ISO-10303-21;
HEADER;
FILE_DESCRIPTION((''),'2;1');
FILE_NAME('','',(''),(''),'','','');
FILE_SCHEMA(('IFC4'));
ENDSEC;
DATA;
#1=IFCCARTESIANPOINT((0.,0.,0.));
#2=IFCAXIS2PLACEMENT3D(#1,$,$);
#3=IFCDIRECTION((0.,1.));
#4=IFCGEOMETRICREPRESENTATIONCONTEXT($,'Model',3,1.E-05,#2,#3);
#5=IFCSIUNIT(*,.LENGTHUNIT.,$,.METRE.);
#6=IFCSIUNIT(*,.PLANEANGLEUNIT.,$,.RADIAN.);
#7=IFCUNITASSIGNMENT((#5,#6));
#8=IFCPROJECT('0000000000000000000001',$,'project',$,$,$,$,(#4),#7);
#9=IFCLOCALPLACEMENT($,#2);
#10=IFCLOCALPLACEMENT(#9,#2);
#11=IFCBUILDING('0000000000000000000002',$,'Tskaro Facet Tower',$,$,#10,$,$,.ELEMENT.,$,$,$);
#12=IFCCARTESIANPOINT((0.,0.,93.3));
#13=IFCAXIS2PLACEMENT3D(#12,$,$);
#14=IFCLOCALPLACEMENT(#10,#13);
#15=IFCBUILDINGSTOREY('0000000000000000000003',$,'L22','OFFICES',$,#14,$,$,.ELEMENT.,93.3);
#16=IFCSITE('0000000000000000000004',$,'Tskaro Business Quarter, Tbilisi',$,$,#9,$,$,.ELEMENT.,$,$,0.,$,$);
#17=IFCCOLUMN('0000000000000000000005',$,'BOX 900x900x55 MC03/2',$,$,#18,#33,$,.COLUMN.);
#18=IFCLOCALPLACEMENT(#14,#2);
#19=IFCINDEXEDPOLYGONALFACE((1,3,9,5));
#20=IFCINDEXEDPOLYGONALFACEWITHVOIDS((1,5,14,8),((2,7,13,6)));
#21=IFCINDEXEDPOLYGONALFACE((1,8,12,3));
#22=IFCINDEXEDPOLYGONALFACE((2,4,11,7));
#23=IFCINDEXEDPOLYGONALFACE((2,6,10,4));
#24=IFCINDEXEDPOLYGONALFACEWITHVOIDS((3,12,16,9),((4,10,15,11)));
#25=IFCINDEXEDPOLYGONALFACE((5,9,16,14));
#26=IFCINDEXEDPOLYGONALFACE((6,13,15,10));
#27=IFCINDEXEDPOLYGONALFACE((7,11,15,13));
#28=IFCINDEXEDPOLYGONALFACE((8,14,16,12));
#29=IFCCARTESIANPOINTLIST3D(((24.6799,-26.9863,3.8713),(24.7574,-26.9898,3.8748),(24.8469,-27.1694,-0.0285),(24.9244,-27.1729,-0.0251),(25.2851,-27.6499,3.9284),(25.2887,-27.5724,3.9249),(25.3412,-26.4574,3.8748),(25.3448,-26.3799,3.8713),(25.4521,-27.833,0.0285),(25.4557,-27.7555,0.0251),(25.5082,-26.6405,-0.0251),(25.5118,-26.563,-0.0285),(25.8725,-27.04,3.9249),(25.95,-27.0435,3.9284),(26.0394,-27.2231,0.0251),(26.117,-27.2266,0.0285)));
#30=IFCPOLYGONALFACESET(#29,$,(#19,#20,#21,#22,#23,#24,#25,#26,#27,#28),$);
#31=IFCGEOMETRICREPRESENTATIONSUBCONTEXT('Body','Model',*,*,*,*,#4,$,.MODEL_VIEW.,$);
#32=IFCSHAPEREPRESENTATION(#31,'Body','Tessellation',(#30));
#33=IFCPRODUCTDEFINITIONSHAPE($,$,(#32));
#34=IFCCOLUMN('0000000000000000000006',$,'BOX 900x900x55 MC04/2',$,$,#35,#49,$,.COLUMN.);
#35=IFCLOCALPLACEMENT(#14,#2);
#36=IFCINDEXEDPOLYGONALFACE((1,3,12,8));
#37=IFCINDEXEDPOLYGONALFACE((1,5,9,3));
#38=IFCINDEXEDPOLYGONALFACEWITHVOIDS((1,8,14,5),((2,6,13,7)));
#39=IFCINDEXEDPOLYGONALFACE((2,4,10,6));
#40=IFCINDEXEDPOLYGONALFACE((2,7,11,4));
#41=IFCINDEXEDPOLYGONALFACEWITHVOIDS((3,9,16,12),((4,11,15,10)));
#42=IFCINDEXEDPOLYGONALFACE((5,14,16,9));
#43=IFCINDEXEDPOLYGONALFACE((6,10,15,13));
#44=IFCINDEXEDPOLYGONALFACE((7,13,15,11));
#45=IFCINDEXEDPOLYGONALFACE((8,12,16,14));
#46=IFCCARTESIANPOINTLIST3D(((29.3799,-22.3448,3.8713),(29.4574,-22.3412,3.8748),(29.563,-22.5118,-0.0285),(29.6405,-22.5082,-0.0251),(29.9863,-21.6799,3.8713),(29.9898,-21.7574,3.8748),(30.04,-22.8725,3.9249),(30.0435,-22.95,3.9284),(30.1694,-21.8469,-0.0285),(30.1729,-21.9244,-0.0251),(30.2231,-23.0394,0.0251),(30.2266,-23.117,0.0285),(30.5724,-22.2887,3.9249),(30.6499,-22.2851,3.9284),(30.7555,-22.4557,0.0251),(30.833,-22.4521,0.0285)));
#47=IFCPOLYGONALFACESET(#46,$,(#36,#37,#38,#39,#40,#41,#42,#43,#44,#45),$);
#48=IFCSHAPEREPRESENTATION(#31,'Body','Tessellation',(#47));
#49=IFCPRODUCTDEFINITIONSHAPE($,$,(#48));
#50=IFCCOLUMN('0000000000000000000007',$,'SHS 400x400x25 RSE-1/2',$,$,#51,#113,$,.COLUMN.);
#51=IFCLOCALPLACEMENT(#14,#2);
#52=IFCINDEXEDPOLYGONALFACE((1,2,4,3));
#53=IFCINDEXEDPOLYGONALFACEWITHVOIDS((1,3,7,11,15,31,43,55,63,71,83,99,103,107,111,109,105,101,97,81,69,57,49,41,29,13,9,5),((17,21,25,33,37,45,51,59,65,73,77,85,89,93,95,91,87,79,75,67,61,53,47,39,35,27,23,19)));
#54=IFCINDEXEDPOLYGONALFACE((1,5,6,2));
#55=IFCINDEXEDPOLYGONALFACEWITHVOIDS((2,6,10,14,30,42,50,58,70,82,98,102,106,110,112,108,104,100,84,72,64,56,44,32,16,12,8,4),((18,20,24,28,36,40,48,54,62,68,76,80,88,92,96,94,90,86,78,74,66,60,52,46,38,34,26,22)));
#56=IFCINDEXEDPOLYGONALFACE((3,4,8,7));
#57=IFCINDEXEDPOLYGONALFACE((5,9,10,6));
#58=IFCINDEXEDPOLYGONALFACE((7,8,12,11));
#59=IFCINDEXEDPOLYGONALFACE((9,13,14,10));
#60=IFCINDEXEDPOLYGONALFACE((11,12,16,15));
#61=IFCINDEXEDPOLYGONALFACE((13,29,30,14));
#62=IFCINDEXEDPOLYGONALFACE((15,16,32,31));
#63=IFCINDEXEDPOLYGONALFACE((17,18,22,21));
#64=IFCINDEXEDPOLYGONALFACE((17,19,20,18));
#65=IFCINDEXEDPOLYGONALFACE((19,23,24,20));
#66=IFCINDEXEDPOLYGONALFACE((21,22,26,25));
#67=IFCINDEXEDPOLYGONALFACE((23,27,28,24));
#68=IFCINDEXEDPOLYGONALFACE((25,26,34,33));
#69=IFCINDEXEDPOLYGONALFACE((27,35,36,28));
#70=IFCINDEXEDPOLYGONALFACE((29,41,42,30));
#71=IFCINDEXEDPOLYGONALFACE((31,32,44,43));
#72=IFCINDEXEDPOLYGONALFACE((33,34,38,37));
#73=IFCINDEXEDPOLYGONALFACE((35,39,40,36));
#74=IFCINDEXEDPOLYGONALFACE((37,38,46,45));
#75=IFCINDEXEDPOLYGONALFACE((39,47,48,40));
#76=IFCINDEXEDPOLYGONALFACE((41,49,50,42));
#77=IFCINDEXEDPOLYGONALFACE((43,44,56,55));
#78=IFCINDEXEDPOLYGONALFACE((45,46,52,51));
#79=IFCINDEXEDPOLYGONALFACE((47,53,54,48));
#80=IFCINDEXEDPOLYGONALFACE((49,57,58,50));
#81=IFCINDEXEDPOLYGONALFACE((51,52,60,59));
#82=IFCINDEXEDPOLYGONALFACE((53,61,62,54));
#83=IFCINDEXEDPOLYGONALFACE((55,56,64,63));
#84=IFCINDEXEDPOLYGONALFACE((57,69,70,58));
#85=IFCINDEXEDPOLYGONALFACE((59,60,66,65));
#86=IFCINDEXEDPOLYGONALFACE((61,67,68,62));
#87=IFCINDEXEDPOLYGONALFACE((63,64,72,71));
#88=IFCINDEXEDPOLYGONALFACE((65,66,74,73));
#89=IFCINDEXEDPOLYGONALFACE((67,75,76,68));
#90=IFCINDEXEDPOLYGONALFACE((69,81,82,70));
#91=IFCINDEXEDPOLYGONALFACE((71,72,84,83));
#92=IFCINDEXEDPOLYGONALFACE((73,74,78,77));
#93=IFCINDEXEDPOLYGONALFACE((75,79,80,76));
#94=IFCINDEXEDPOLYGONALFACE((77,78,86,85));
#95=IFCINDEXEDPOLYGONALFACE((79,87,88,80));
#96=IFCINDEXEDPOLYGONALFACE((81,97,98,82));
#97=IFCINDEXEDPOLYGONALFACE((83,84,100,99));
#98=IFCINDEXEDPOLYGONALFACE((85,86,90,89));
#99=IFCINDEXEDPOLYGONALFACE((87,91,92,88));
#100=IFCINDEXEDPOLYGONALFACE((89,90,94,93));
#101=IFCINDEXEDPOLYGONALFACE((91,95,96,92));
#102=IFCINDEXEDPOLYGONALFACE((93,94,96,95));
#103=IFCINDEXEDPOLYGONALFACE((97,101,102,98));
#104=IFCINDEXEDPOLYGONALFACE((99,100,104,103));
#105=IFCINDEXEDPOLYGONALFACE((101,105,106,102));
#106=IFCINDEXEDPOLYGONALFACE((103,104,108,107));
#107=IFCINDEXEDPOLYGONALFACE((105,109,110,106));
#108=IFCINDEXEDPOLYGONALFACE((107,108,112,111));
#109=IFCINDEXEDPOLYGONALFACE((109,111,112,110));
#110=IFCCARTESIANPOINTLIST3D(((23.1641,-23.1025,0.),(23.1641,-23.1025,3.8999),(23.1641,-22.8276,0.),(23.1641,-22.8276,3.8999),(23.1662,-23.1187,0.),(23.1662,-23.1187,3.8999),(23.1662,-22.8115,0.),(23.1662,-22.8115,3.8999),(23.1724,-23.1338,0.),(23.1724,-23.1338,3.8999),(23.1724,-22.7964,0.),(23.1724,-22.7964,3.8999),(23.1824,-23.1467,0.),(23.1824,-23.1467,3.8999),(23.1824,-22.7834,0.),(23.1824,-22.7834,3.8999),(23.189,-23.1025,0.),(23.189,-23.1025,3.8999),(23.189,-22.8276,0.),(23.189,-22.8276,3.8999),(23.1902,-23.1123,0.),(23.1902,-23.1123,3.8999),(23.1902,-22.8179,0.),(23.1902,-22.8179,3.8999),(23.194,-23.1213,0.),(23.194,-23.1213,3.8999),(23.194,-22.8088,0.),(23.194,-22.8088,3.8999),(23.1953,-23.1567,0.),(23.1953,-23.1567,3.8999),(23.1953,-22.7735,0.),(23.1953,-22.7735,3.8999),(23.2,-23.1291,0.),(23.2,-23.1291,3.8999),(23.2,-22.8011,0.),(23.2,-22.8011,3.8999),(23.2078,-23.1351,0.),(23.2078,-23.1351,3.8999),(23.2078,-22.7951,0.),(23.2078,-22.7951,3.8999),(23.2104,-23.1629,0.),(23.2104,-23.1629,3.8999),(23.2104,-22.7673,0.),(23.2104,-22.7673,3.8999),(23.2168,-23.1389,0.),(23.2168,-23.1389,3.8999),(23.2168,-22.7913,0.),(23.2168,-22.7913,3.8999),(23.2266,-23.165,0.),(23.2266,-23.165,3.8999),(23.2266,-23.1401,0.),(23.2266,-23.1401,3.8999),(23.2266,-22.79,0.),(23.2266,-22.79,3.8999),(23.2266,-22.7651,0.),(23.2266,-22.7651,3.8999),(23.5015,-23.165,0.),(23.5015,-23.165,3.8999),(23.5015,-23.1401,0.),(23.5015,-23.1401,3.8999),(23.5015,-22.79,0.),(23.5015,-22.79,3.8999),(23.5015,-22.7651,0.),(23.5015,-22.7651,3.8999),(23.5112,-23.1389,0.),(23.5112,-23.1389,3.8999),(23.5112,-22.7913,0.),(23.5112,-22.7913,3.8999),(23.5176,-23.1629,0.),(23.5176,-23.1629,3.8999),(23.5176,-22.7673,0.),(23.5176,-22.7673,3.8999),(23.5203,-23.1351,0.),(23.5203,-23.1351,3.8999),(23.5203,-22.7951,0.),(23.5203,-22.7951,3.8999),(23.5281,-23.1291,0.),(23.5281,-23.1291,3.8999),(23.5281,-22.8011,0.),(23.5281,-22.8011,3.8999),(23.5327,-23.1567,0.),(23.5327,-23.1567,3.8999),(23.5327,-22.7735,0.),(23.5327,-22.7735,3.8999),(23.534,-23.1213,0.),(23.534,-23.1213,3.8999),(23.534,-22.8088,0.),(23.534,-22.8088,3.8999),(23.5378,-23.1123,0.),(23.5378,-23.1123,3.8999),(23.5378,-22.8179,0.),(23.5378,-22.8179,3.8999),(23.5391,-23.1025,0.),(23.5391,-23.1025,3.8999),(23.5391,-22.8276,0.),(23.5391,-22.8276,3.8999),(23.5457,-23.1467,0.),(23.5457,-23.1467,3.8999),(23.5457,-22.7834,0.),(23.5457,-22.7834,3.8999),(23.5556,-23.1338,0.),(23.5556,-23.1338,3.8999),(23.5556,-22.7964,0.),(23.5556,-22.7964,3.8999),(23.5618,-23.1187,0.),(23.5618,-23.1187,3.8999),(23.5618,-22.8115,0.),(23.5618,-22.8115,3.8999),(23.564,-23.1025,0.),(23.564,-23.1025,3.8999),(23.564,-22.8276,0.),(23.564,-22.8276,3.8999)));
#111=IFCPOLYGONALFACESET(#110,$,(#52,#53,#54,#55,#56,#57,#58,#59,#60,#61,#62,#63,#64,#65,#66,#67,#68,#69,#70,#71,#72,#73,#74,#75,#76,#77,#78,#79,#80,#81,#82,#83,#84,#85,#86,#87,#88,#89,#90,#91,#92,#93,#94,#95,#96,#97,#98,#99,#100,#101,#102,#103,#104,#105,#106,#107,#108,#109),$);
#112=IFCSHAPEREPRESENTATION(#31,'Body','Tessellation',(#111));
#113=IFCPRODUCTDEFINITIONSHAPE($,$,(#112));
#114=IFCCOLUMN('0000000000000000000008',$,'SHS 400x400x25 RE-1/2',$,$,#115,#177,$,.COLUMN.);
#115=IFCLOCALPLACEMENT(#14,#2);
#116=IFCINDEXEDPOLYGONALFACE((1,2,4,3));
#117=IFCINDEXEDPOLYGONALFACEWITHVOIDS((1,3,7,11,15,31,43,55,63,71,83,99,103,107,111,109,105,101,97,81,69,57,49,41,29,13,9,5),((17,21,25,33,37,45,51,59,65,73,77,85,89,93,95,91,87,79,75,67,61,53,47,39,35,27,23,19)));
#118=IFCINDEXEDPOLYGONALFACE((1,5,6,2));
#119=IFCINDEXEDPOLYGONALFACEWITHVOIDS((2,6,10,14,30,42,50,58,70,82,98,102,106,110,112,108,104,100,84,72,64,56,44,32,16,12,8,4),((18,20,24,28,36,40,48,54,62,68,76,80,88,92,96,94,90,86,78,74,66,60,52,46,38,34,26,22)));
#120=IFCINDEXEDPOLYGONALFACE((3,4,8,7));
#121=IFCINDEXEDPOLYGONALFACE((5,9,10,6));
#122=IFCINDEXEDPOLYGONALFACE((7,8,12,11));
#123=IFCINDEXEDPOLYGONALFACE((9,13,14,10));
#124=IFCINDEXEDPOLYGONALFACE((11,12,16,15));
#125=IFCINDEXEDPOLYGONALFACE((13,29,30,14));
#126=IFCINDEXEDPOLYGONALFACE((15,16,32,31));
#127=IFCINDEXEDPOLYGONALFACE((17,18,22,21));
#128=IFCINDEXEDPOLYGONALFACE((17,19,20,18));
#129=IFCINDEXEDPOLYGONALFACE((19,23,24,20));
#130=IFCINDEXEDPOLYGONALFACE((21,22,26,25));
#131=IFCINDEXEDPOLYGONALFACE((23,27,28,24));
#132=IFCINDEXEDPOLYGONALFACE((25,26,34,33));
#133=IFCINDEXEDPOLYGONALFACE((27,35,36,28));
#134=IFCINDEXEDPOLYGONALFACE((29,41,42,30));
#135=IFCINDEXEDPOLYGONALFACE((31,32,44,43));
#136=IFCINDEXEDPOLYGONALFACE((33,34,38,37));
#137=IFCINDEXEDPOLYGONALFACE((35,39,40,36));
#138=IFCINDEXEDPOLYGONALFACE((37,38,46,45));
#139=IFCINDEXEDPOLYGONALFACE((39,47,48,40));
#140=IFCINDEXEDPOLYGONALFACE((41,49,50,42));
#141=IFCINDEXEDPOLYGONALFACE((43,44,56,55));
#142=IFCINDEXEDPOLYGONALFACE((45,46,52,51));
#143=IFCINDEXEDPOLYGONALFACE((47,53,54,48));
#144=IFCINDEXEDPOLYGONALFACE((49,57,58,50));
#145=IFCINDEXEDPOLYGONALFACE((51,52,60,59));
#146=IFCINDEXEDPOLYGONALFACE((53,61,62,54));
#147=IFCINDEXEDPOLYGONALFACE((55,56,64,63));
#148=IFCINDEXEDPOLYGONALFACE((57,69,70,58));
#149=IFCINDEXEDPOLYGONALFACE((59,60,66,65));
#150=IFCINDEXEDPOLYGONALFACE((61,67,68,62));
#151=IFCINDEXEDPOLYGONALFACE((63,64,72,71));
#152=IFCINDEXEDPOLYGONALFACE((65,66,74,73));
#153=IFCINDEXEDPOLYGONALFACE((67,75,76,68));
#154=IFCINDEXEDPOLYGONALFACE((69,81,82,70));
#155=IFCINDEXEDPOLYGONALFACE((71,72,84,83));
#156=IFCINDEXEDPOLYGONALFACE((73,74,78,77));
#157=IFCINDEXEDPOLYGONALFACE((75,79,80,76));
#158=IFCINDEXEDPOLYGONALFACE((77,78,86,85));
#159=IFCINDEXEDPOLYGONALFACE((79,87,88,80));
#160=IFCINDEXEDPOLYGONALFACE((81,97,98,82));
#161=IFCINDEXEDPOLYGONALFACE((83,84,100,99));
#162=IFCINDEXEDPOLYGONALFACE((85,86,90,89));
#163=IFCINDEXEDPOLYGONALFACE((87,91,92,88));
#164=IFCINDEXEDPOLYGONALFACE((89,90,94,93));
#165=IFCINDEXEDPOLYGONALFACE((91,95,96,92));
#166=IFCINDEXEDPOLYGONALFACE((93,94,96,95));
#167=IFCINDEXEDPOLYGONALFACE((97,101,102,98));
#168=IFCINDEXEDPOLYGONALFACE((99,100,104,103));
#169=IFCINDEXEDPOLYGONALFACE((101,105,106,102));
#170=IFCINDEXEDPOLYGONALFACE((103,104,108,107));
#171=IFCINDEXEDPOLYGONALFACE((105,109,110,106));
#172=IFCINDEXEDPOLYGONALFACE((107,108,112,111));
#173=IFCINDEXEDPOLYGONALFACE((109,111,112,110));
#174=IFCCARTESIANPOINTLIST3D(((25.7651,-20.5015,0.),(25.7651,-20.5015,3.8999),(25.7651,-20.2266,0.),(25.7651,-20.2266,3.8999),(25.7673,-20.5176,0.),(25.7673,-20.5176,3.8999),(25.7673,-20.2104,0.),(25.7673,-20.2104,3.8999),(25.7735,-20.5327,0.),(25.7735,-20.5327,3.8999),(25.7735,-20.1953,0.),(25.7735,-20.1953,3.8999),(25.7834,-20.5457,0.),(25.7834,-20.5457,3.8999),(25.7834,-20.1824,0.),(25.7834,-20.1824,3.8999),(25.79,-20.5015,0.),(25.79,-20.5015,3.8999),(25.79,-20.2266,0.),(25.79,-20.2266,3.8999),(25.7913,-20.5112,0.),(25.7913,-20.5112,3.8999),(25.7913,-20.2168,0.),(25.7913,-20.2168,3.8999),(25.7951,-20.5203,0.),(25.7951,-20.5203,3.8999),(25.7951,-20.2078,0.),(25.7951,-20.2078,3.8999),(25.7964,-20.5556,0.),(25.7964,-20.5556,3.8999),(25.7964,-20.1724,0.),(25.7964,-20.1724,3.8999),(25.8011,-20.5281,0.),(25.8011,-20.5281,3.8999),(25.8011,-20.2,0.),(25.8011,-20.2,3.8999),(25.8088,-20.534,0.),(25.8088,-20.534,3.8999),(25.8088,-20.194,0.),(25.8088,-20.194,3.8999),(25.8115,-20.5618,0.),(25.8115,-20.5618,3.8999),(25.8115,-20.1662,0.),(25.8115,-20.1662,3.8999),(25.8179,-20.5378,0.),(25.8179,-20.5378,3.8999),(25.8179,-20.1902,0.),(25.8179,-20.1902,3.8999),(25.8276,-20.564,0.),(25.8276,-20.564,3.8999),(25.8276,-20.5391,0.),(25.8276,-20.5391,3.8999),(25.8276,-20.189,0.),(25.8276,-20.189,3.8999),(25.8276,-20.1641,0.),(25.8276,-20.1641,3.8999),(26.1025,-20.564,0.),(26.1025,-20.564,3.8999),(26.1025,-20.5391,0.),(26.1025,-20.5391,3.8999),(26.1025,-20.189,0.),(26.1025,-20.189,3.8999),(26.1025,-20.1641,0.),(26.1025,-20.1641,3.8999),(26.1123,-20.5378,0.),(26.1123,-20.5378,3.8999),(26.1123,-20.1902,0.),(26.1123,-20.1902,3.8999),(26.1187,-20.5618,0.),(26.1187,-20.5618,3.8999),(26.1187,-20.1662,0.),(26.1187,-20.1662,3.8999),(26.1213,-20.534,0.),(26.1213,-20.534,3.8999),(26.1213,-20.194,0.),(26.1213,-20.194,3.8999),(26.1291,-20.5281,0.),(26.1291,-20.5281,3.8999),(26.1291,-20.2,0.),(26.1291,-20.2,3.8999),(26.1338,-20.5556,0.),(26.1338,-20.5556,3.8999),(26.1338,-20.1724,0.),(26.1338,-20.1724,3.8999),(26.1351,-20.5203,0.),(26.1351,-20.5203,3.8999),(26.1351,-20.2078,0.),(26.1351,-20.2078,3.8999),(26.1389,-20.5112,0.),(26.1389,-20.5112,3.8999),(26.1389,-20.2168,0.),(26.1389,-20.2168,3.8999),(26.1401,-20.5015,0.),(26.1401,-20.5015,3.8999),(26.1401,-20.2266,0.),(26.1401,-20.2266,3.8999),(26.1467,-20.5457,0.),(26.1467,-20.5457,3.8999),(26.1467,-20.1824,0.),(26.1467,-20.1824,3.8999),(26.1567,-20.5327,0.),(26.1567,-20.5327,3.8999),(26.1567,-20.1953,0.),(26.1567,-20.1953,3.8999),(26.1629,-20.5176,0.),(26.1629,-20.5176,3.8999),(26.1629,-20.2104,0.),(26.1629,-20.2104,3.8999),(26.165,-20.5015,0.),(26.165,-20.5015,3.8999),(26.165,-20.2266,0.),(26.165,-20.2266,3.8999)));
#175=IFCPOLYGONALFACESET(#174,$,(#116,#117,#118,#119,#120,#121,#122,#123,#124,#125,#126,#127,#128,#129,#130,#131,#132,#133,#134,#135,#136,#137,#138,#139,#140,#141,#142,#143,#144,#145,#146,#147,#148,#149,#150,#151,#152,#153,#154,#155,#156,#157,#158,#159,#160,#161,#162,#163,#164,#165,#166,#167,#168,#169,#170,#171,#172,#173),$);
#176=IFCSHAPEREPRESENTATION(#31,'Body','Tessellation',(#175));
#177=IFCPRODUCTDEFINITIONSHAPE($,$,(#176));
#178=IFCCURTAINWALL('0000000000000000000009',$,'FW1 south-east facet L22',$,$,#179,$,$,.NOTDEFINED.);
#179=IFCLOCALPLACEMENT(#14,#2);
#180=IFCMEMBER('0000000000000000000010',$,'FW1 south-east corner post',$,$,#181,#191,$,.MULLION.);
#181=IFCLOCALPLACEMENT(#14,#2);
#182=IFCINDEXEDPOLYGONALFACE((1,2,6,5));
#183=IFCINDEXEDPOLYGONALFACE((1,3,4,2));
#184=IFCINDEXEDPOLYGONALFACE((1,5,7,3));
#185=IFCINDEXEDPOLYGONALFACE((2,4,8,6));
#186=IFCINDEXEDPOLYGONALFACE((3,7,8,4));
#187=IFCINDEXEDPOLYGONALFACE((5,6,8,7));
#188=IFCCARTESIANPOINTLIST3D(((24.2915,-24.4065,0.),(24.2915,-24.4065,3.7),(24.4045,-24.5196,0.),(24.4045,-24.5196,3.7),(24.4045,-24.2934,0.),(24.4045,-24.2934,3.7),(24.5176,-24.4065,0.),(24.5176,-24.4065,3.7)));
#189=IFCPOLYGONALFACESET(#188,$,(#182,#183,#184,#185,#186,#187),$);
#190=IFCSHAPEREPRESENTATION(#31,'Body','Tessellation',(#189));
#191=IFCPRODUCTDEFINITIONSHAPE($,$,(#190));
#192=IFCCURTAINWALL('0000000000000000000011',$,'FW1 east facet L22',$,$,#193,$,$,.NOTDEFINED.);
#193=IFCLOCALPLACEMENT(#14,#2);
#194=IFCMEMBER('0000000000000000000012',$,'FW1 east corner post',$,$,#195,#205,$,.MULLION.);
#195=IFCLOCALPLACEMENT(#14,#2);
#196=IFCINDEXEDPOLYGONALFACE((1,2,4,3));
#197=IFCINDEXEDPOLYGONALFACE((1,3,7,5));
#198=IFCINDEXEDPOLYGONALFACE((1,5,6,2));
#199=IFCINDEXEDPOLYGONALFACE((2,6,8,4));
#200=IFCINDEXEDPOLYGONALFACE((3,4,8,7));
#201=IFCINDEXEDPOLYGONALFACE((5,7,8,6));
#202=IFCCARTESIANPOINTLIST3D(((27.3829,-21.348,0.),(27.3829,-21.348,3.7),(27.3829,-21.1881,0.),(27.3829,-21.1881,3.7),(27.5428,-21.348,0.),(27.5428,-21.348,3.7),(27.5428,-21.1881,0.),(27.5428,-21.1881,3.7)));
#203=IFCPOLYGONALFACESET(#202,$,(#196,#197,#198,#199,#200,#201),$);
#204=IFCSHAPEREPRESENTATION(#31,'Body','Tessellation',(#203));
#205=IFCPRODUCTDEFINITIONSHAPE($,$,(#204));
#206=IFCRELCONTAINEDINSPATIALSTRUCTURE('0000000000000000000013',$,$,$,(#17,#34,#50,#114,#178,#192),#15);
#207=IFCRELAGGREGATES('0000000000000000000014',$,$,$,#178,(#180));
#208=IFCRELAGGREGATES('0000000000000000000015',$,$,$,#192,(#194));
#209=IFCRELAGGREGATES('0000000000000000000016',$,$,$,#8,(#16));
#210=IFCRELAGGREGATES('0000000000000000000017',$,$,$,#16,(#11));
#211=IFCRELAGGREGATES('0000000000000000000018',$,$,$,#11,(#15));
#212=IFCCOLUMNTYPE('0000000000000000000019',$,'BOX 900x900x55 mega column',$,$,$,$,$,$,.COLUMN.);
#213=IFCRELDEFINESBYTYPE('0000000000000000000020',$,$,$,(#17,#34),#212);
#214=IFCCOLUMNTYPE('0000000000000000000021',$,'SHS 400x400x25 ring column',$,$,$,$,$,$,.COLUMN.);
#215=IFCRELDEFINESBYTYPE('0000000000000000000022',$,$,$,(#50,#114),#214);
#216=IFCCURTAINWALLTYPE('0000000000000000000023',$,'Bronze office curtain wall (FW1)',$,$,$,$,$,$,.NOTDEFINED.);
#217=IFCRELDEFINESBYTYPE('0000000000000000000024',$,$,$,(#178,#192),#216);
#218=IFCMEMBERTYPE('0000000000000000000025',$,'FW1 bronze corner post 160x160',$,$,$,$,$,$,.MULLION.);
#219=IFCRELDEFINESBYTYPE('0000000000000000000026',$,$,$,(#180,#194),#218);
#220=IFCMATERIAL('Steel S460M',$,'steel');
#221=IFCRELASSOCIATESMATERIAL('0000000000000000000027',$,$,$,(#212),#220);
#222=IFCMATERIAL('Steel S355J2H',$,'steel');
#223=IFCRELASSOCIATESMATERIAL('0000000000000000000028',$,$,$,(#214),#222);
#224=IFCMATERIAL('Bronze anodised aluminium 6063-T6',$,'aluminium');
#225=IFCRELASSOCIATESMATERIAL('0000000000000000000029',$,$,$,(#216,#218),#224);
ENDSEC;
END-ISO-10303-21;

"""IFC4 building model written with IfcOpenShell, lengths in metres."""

from ifc_helpers import new_model, si_unit, direction, frame, origin, origin_2d, place, context, subcontext, project, spatial, rectangle, hollow_rectangle, extrude, material, material_profile, profile_set, type_object, element, aggregate, save


model = new_model("IFC4")

# Units and contexts
model_context = context("Model", 3, precision=1e-05, world=origin(), true_north=direction((0.0, 1.0)))
body_context = subcontext(model_context, "Body", "Model", "MODEL_VIEW")
ifc_project = project(units=[si_unit("LENGTHUNIT", "METRE"), si_unit("PLANEANGLEUNIT", "RADIAN")], contexts=[model_context])

# Site, building, storey
site_placement = place(None, origin())
site = spatial("IfcSite", under=ifc_project, at=site_placement, Name="Tskaro Business Quarter, Tbilisi", CompositionType="ELEMENT", RefElevation=0.0)
building_placement = place(site_placement, origin())
building = spatial("IfcBuilding", under=site, at=building_placement, Name="Tskaro Facet Tower", CompositionType="ELEMENT")
storey_placement = place(building_placement, frame((0.0, 0.0, 93.3)))
storey = spatial("IfcBuildingStorey", under=building, at=storey_placement, Name="L22", Description="OFFICES", CompositionType="ELEMENT", Elevation=93.3)

# Columns
ifc_material_1 = material(Name="Steel S460M", Category="steel")
ifc_material_profile_1 = material_profile(ifc_material_1, hollow_rectangle(XDim=0.8999, YDim=0.8999, WallThickness=0.0549, at=origin_2d()), Name="BOX 900x900x55")
ifc_profile_set_1 = profile_set([ifc_material_profile_1], Name="Steel S460M")
column_type_1 = type_object("IfcColumnType", Name="BOX 900x900x55 mega column", PredefinedType="COLUMN", material=ifc_profile_set_1)
for number, where, z_axis, x_axis, name in (
    (1, (25.4819, -27.198, 0.0), (-0.042733, 0.046857, 0.997987), (-0.738869, -0.673849, 0.0), "BOX 900x900x55 MC03/2"),
    (2, (30.198, -22.4819, 0.0), (-0.046857, 0.042733, 0.997987), (-0.673849, -0.738869, 0.0), "BOX 900x900x55 MC04/2"),
):
    element("IfcColumn", number, at=place(storey_placement, frame(where, z_axis=z_axis, x_axis=x_axis)), inside=storey, type_object=column_type_1, Name=name, PredefinedType="COLUMN", context=body_context, shape_type="SweptSolid", body=[
        extrude(hollow_rectangle(XDim=0.8999, YDim=0.8999, WallThickness=0.0549, at=origin_2d()), origin(), (0.0, 0.0, 1.0), 3.9077),
    ])
ifc_material_2 = material(Name="Steel S355J2H", Category="steel")
ifc_material_profile_2 = material_profile(ifc_material_2, hollow_rectangle(XDim=0.3999, YDim=0.3999, WallThickness=0.0249, InnerFilletRadius=0.0376, OuterFilletRadius=0.0625, at=origin_2d()), Name="SHS 400x400x25")
ifc_profile_set_2 = profile_set([ifc_material_profile_2], Name="Steel S355J2H")
column_type_2 = type_object("IfcColumnType", Name="SHS 400x400x25 ring column", PredefinedType="COLUMN", material=ifc_profile_set_2)
for number, where, z_axis, x_axis, name in (
    (3, (23.364, -22.9651, 0.0), (0.0, 0.0, 1.0), (1.0, 0.0, 0.0), "SHS 400x400x25 RSE-1/2"),
    (4, (25.9651, -20.364, 0.0), (0.0, 0.0, 1.0), (1.0, 0.0, 0.0), "SHS 400x400x25 RE-1/2"),
):
    element("IfcColumn", number, at=place(storey_placement, frame(where, z_axis=z_axis, x_axis=x_axis)), inside=storey, type_object=column_type_2, Name=name, PredefinedType="COLUMN", context=body_context, shape_type="SweptSolid", body=[
        extrude(hollow_rectangle(XDim=0.3999, YDim=0.3999, WallThickness=0.0249, InnerFilletRadius=0.0376, OuterFilletRadius=0.0625, at=origin_2d()), origin(), (0.0, 0.0, 1.0), 3.8999),
    ])

# Curtain walls, members
ifc_material_3 = material(Name="Bronze anodised aluminium 6063-T6", Category="aluminium")
curtain_wall_type = type_object("IfcCurtainWallType", Name="Bronze office curtain wall (FW1)", PredefinedType="NOTDEFINED", material=ifc_material_3)
curtain_wall_1_placement = place(storey_placement, origin())
curtain_wall_1 = element("IfcCurtainWall", 5, at=curtain_wall_1_placement, inside=storey, type_object=curtain_wall_type, Name="FW1 south-east facet L22", PredefinedType="NOTDEFINED")
ifc_material_profile_3 = material_profile(ifc_material_3, rectangle(XDim=0.1599, YDim=0.1599, at=origin_2d()), Name="Corner post 160x160")
ifc_profile_set_3 = profile_set([ifc_material_profile_3], Name="Bronze anodised aluminium 6063-T6")
member_type_1 = type_object("IfcMemberType", Name="FW1 bronze corner post 160x160", PredefinedType="MULLION", material=ifc_profile_set_3)
member_1_placement = place(storey_placement, frame((24.4045, -24.4065, 0.0), z_axis=(0.0, 0.0, 1.0), x_axis=(0.707107, 0.707107, 0.0)))
member_1 = element("IfcMember", 6, at=member_1_placement, type_object=member_type_1, Name="FW1 south-east corner post", PredefinedType="MULLION", context=body_context, shape_type="SweptSolid", body=[
    extrude(rectangle(XDim=0.1599, YDim=0.1599, at=origin_2d()), origin(), (0.0, 0.0, 1.0), 3.7),
])
curtain_wall_2_placement = place(storey_placement, origin())
curtain_wall_2 = element("IfcCurtainWall", 7, at=curtain_wall_2_placement, inside=storey, type_object=curtain_wall_type, Name="FW1 east facet L22", PredefinedType="NOTDEFINED")
member_2_placement = place(storey_placement, frame((27.4629, -21.2681, 0.0), z_axis=(0.0, 0.0, 1.0), x_axis=(0.0, 1.0, 0.0)))
member_2 = element("IfcMember", 8, at=member_2_placement, type_object=member_type_1, Name="FW1 east corner post", PredefinedType="MULLION", context=body_context, shape_type="SweptSolid", body=[
    extrude(rectangle(XDim=0.1599, YDim=0.1599, at=origin_2d()), origin(), (0.0, 0.0, 1.0), 3.7),
])

aggregate(curtain_wall_1, [member_1])
aggregate(curtain_wall_2, [member_2])

save(model, "model.ifc")
